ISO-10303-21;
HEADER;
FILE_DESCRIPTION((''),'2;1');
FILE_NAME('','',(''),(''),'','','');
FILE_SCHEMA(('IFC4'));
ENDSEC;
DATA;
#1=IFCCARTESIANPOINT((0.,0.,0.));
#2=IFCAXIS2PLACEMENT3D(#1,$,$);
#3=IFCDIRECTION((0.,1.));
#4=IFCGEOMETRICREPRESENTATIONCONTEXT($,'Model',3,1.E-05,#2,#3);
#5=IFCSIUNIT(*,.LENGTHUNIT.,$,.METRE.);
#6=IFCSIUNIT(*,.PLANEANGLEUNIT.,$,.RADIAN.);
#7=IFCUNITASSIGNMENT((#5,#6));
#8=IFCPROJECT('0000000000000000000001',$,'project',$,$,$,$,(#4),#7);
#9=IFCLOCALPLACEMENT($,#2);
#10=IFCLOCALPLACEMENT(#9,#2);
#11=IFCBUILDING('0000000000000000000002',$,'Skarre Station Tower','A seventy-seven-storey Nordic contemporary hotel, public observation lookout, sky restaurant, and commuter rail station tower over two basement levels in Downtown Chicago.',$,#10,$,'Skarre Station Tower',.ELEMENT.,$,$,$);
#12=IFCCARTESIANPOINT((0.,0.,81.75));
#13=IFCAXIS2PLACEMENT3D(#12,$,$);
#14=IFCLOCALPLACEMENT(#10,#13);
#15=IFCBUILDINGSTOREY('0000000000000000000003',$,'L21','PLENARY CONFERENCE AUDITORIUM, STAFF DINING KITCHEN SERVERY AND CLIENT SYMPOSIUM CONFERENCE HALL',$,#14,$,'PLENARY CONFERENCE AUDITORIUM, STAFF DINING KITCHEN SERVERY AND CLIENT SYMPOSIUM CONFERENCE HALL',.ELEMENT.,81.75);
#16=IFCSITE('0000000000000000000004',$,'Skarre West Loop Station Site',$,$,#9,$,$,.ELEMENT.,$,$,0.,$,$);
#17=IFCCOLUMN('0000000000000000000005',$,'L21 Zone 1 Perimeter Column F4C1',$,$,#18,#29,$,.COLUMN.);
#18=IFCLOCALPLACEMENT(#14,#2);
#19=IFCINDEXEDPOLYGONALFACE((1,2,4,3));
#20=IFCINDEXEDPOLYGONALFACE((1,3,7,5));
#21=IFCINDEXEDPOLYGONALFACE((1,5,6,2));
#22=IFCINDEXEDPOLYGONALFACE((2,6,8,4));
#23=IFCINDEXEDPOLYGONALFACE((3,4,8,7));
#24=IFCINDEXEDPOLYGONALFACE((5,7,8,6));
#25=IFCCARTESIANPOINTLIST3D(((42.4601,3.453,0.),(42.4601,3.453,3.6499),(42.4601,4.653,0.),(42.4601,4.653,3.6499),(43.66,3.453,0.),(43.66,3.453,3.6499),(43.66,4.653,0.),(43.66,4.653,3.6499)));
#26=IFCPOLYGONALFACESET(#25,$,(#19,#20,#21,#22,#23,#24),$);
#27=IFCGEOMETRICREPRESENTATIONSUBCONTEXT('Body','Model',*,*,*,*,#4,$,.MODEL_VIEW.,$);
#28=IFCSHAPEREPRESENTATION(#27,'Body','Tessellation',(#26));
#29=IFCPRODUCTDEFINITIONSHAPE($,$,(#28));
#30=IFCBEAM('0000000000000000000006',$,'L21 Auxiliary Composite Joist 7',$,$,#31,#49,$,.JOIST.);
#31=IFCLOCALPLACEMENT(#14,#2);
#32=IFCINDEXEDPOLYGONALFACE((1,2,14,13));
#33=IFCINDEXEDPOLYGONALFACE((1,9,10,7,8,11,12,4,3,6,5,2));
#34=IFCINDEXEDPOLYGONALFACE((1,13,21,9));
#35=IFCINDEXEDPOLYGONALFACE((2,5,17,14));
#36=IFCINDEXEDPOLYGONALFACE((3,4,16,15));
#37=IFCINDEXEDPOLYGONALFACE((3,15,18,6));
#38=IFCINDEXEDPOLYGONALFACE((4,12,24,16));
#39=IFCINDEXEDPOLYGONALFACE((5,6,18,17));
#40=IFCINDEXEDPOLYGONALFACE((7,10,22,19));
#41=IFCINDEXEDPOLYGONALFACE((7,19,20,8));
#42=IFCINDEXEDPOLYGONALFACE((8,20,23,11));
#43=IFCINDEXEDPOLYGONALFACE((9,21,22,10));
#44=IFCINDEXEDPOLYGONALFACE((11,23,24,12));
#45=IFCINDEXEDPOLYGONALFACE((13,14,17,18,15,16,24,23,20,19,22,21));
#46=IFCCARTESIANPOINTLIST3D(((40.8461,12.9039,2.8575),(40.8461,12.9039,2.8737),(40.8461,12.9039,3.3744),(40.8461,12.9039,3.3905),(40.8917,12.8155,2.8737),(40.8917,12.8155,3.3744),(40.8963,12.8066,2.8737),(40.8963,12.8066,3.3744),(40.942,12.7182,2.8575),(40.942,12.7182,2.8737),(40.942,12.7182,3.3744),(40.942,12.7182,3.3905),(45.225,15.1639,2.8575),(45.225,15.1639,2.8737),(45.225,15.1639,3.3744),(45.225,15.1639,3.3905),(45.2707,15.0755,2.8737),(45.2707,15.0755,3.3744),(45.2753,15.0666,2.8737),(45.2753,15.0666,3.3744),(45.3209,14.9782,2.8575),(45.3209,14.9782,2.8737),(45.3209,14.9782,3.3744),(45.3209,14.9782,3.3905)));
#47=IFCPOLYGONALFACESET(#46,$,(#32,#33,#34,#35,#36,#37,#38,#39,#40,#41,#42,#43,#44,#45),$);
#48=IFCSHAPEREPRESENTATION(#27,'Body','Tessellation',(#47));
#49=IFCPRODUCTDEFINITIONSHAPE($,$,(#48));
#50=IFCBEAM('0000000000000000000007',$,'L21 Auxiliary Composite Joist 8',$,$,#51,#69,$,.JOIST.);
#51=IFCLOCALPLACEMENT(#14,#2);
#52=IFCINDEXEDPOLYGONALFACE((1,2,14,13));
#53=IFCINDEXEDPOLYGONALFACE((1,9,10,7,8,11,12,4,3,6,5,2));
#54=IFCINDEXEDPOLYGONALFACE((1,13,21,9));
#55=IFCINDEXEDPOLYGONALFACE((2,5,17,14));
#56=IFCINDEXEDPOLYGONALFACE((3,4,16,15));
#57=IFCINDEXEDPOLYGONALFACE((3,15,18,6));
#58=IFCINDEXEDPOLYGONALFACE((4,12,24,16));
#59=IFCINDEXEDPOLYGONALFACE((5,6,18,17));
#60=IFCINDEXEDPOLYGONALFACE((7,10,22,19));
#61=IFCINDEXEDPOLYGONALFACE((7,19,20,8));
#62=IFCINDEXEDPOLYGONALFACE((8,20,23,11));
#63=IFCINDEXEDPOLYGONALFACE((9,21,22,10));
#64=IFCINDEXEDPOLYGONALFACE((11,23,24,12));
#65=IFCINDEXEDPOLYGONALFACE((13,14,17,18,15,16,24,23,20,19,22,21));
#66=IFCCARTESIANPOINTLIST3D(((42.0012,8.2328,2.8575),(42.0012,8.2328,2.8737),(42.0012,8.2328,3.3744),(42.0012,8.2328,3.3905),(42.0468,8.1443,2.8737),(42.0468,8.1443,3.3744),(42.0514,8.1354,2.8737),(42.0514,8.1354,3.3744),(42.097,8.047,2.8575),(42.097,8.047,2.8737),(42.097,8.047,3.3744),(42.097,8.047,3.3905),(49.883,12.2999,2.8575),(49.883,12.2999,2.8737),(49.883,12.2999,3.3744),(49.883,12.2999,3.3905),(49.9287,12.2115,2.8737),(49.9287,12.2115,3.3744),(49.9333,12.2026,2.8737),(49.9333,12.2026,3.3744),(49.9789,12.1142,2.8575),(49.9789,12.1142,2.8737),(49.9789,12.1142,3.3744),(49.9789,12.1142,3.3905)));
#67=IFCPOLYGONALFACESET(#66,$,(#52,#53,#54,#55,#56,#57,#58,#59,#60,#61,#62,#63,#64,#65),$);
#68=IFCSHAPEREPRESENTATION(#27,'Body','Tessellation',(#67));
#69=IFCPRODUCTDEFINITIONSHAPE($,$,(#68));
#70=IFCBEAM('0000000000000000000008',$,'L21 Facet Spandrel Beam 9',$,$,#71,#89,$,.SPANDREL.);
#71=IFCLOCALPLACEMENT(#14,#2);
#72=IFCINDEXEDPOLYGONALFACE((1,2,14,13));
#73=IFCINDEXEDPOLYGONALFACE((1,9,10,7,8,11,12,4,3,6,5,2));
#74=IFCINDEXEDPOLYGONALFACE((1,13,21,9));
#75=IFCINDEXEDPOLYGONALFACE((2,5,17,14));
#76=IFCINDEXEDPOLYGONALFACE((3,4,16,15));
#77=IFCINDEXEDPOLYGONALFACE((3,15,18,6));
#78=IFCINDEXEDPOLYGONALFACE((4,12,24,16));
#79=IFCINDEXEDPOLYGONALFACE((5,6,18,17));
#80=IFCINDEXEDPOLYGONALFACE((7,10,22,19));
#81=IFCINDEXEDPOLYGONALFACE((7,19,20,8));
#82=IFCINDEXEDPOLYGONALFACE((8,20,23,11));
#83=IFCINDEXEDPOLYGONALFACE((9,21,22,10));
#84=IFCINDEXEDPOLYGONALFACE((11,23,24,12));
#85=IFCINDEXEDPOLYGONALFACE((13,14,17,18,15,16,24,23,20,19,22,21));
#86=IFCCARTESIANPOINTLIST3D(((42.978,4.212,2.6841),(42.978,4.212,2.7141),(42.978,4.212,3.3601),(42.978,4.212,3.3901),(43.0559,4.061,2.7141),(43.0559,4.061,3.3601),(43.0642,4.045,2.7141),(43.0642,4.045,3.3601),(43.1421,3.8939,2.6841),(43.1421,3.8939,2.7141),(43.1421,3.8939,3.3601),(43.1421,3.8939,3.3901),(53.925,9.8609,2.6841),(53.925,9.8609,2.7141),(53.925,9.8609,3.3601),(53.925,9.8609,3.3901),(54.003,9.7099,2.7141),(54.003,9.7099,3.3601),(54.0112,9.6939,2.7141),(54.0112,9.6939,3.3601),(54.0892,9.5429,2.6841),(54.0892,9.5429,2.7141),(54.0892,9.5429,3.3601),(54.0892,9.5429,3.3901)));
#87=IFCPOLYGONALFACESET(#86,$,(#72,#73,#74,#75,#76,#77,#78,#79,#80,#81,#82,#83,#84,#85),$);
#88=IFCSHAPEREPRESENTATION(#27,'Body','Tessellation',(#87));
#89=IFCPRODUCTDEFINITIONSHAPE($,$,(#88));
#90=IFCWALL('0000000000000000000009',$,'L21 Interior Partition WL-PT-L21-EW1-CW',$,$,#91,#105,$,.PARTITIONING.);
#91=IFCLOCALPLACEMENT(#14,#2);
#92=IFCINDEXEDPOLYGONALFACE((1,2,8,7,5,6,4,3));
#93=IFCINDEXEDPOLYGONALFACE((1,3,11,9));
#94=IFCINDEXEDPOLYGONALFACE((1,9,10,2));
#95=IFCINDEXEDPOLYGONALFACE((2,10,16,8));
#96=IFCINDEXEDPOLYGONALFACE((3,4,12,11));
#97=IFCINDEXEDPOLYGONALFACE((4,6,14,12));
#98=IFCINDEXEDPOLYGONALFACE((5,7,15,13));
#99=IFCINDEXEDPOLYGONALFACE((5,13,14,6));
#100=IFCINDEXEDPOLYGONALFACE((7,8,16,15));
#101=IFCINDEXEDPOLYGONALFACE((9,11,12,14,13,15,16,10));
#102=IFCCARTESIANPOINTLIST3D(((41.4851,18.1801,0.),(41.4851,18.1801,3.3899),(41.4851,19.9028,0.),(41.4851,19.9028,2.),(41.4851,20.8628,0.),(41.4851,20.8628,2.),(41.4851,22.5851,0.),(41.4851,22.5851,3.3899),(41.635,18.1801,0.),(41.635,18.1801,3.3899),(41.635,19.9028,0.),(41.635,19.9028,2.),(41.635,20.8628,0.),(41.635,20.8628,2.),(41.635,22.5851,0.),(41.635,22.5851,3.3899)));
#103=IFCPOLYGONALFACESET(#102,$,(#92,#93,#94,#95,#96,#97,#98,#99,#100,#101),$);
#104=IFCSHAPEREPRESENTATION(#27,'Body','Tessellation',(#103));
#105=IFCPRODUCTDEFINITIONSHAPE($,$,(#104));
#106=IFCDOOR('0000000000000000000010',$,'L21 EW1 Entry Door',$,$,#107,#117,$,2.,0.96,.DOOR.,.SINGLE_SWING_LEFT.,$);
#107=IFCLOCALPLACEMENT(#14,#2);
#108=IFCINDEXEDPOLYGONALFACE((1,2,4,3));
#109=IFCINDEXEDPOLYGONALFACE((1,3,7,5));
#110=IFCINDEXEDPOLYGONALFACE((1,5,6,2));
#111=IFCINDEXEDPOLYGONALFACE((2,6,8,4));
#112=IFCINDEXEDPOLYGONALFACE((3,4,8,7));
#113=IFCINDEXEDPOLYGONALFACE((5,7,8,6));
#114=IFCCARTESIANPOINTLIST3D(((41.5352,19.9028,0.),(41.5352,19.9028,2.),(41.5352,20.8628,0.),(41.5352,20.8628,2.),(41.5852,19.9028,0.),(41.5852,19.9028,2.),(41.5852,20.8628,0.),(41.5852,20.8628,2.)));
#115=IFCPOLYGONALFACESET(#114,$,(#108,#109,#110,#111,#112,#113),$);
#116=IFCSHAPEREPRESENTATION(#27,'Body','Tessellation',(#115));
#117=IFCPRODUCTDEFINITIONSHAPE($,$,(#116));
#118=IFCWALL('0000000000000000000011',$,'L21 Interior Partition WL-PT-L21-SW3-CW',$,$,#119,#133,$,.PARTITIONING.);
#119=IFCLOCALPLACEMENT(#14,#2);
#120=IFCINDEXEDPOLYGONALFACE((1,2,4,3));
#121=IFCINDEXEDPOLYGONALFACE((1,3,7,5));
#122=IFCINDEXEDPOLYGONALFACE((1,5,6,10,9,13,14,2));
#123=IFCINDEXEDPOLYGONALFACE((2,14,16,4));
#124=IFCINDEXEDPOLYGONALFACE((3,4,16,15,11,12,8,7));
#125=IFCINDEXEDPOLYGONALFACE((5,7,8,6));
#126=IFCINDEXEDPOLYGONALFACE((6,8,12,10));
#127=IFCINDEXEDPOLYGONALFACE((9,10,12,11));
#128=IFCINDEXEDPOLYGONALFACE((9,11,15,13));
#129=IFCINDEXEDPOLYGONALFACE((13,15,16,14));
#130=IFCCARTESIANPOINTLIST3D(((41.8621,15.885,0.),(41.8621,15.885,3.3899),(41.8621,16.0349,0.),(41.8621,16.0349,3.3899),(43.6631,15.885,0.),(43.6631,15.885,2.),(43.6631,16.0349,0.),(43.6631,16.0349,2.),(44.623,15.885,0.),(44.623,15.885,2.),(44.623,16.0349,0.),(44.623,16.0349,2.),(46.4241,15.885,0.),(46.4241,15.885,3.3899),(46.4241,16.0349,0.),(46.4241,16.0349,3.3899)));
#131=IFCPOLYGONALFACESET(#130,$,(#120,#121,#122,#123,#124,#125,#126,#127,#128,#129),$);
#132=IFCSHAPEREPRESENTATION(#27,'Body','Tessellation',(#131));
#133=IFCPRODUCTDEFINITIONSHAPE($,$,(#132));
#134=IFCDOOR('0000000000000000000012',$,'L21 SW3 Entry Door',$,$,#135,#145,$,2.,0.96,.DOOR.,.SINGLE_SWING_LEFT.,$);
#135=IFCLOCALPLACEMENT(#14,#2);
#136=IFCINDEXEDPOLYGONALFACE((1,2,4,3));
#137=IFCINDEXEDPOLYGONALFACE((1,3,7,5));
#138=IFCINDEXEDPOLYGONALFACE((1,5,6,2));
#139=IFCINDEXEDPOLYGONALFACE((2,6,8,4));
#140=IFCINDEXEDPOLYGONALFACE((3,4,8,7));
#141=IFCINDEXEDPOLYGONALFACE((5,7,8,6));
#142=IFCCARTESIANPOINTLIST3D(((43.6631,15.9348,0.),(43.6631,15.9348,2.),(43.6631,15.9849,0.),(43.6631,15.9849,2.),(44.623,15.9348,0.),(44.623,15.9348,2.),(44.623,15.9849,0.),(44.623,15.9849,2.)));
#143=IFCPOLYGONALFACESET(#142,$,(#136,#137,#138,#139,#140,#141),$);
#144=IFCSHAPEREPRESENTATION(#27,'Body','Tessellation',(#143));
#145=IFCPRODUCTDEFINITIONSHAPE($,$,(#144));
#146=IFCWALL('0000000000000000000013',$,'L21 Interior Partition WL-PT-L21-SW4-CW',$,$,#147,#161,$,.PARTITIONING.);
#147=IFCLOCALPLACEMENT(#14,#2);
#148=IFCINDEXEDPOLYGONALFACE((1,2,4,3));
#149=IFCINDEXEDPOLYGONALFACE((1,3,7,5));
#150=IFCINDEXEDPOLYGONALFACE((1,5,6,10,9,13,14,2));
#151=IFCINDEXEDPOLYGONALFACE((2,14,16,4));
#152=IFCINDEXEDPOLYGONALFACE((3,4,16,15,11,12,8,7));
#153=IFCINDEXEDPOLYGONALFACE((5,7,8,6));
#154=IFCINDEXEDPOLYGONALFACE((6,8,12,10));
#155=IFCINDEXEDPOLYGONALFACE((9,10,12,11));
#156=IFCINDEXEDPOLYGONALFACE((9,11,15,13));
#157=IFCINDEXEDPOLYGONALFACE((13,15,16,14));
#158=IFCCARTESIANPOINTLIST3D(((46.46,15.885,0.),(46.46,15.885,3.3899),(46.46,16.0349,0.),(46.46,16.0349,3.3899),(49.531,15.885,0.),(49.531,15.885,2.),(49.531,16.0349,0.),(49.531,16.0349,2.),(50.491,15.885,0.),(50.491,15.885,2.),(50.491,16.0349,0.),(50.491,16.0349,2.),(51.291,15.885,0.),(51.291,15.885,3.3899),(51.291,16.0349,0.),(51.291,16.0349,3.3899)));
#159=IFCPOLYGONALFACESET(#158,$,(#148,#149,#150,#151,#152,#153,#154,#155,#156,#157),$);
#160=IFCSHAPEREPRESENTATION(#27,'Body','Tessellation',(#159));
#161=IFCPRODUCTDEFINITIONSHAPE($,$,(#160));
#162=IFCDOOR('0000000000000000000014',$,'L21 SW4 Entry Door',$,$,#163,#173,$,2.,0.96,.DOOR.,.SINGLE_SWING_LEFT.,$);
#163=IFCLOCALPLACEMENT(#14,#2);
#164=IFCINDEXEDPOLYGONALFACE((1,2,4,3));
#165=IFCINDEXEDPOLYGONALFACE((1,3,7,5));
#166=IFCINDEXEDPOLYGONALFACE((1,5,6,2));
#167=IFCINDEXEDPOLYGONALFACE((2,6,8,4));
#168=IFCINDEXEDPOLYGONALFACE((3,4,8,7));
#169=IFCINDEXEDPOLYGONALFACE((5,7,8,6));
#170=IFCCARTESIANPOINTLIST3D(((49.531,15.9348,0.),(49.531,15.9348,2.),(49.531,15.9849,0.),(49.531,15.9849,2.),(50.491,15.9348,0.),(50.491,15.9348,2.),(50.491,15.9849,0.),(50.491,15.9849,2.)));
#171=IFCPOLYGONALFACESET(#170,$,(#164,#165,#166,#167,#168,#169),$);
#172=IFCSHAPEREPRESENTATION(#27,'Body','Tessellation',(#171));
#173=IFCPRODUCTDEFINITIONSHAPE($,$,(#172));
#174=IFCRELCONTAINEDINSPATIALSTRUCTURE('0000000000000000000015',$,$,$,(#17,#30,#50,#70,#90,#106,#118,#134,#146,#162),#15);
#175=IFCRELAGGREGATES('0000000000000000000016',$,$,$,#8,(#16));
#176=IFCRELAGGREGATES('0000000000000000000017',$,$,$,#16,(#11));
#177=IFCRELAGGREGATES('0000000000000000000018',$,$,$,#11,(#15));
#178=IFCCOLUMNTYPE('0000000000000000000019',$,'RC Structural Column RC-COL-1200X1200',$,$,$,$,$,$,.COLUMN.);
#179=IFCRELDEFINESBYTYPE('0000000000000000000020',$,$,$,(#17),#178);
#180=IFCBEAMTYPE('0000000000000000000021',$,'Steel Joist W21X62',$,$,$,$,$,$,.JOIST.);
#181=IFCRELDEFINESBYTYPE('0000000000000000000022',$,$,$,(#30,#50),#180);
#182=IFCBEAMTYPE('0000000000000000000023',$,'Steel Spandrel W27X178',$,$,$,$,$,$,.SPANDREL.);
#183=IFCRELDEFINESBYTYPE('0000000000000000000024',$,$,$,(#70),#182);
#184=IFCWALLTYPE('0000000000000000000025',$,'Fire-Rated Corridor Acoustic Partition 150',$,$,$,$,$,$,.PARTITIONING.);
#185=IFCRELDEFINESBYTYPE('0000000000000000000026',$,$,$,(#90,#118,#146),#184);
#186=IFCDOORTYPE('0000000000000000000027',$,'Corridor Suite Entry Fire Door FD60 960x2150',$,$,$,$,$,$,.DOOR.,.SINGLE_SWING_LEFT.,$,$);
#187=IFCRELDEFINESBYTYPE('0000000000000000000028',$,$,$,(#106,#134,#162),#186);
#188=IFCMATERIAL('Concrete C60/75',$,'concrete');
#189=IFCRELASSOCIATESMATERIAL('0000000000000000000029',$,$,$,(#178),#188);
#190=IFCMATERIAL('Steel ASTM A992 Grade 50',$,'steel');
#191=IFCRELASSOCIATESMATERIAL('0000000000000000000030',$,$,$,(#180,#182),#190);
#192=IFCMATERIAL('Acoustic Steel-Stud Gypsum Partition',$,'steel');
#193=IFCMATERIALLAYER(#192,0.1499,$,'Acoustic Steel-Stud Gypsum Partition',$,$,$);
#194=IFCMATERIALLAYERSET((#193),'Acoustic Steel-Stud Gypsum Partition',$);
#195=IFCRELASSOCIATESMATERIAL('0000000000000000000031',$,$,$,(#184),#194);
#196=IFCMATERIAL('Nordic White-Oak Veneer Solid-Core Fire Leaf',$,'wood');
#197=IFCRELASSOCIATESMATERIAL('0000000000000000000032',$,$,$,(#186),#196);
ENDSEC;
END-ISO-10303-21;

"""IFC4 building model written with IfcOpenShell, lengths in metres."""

from ifc_helpers import new_model, si_unit, direction, frame, frame_2d, origin, origin_2d, place, context, subcontext, project, spatial, rectangle, i_section, extrude, material, layer, layer_set, material_profile, profile_set, type_object, element, fill, save


model = new_model("IFC4")

# Units and contexts
model_context = context("Model", 3, precision=1e-05, world=origin(), true_north=direction((0.0, 1.0)))
body_context = subcontext(model_context, "Body", "Model", "MODEL_VIEW")
ifc_project = project(units=[si_unit("LENGTHUNIT", "METRE"), si_unit("PLANEANGLEUNIT", "RADIAN")], contexts=[model_context])

# Site, building, storey
site_placement = place(None, origin())
site = spatial("IfcSite", under=ifc_project, at=site_placement, Name="Skarre West Loop Station Site", CompositionType="ELEMENT", RefElevation=0.0)
building_placement = place(site_placement, origin())
building = spatial("IfcBuilding", under=site, at=building_placement, Name="Skarre Station Tower", Description="A seventy-seven-storey Nordic contemporary hotel, public observation lookout, sky restaurant, and commuter rail station tower over two basement levels in Downtown Chicago.", LongName="Skarre Station Tower", CompositionType="ELEMENT")
storey_placement = place(building_placement, frame((0.0, 0.0, 81.75)))
storey = spatial("IfcBuildingStorey", under=building, at=storey_placement, Name="L21", Description="PLENARY CONFERENCE AUDITORIUM, STAFF DINING KITCHEN SERVERY AND CLIENT SYMPOSIUM CONFERENCE HALL", LongName="PLENARY CONFERENCE AUDITORIUM, STAFF DINING KITCHEN SERVERY AND CLIENT SYMPOSIUM CONFERENCE HALL", CompositionType="ELEMENT", Elevation=81.75)

# Column
ifc_material_1 = material(Name="Concrete C60/75", Category="concrete")
ifc_material_profile_1 = material_profile(ifc_material_1, rectangle(XDim=1.2, YDim=1.2, at=origin_2d()), Name="Concrete C60/75")
ifc_profile_set_1 = profile_set([ifc_material_profile_1], Name="Concrete C60/75")
column_type = type_object("IfcColumnType", Name="RC Structural Column RC-COL-1200X1200", PredefinedType="COLUMN", material=ifc_profile_set_1)
column_placement = place(storey_placement, frame((43.0601, 4.053, 0.0), z_axis=(0.0, 0.0, 1.0), x_axis=(1.0, 0.0, 0.0)))
element("IfcColumn", 1, at=column_placement, inside=storey, type_object=column_type, Name="L21 Zone 1 Perimeter Column F4C1", PredefinedType="COLUMN", context=body_context, shape_type="SweptSolid", body=[
    extrude(rectangle(XDim=1.2, YDim=1.2, at=origin_2d()), origin(), (0.0, 0.0, 1.0), 3.6499),
])

# Beams
ifc_material_2 = material(Name="Steel ASTM A992 Grade 50", Category="steel")
ifc_material_profile_2 = material_profile(ifc_material_2, i_section(OverallWidth=0.209, OverallDepth=0.533, WebThickness=0.01, FlangeThickness=0.0161, at=origin_2d()), Name="Steel ASTM A992 Grade 50")
ifc_profile_set_2 = profile_set([ifc_material_profile_2], Name="Steel ASTM A992 Grade 50")
beam_type_1 = type_object("IfcBeamType", Name="Steel Joist W21X62", PredefinedType="JOIST", material=ifc_profile_set_2)
beam_1_placement = place(storey_placement, frame((40.894, 12.811, 3.124), z_axis=(0.888627, 0.458632, 0.0), x_axis=(-0.458632, 0.888627, 0.0)))
element("IfcBeam", 2, at=beam_1_placement, inside=storey, type_object=beam_type_1, Name="L21 Auxiliary Composite Joist 7", PredefinedType="JOIST", context=body_context, shape_type="SweptSolid", body=[
    extrude(i_section(OverallWidth=0.209, OverallDepth=0.533, WebThickness=0.01, FlangeThickness=0.0161, at=origin_2d()), origin(), (0.0, 0.0, 1.0), 4.9277),
])
beam_2_placement = place(storey_placement, frame((42.0491, 8.1399, 3.124), z_axis=(0.888662, 0.458562, 0.0), x_axis=(-0.458562, 0.888662, 0.0)))
element("IfcBeam", 3, at=beam_2_placement, inside=storey, type_object=beam_type_1, Name="L21 Auxiliary Composite Joist 8", PredefinedType="JOIST", context=body_context, shape_type="SweptSolid", body=[
    extrude(i_section(OverallWidth=0.209, OverallDepth=0.533, WebThickness=0.01, FlangeThickness=0.0161, at=origin_2d()), origin(), (0.0, 0.0, 1.0), 8.8694),
])
ifc_material_profile_3 = material_profile(ifc_material_2, i_section(OverallWidth=0.3579, OverallDepth=0.7061, WebThickness=0.0181, FlangeThickness=0.03, at=origin_2d()), Name="Steel ASTM A992 Grade 50")
ifc_profile_set_3 = profile_set([ifc_material_profile_3], Name="Steel ASTM A992 Grade 50")
beam_type_2 = type_object("IfcBeamType", Name="Steel Spandrel W27X178", PredefinedType="SPANDREL", material=ifc_profile_set_3)
beam_3_placement = place(storey_placement, frame((43.0601, 4.053, 3.0371), z_axis=(0.888659, 0.458569, 0.0), x_axis=(-0.458569, 0.888659, 0.0)))
element("IfcBeam", 4, at=beam_3_placement, inside=storey, type_object=beam_type_2, Name="L21 Facet Spandrel Beam 9", PredefinedType="SPANDREL", context=body_context, shape_type="SweptSolid", body=[
    extrude(i_section(OverallWidth=0.3579, OverallDepth=0.7061, WebThickness=0.0181, FlangeThickness=0.03, at=origin_2d()), origin(), (0.0, 0.0, 1.0), 12.3186),
])

# Walls, openings, doors
ifc_material_3 = material(Name="Acoustic Steel-Stud Gypsum Partition", Category="steel")
ifc_layer_1 = layer(ifc_material_3, 0.1499, Name="Acoustic Steel-Stud Gypsum Partition")
ifc_layer_set_1 = layer_set([ifc_layer_1], Name="Acoustic Steel-Stud Gypsum Partition")
wall_type_1 = type_object("IfcWallType", Name="Fire-Rated Corridor Acoustic Partition 150", PredefinedType="PARTITIONING", material=ifc_layer_set_1)
wall_1_placement = place(storey_placement, frame((41.5601, 18.1799, 0.0), z_axis=(0.0, 0.0, 1.0), x_axis=(0.0, 1.0, 0.0)))
wall_1 = element("IfcWall", 5, at=wall_1_placement, inside=storey, type_object=wall_type_1, Name="L21 Interior Partition WL-PT-L21-EW1-CW", PredefinedType="PARTITIONING", context=body_context, shape_type="SweptSolid", body=[
    extrude(rectangle(XDim=4.405, YDim=0.1499, at=frame_2d((2.2026, 0.0))), origin(), (0.0, 0.0, 1.0), 3.3899),
])
opening_1_placement = place(wall_1_placement, frame((1.7229, 0.0, 0.0)))
opening_1 = element("IfcOpeningElement", 6, at=opening_1_placement, cuts=wall_1, PredefinedType="OPENING", context=body_context, shape_type="SweptSolid", body=[
    extrude(rectangle(XDim=0.96, YDim=2.0, at=frame_2d((0.48, 1.0))), frame((0.0, 0.085, 0.0), z_axis=(0.0, -1.0, 0.0), x_axis=(1.0, 0.0, 0.0)), (0.0, 0.0, 1.0), 0.1699),
])
ifc_material_4 = material(Name="Nordic White-Oak Veneer Solid-Core Fire Leaf", Category="wood")
door_type_1 = type_object("IfcDoorType", Name="Corridor Suite Entry Fire Door FD60 960x2150", OperationType="SINGLE_SWING_LEFT", PredefinedType="DOOR", material=ifc_material_4)
door_1_placement = place(opening_1_placement, origin())
door_1 = element("IfcDoor", 7, at=door_1_placement, inside=storey, type_object=door_type_1, Name="L21 EW1 Entry Door", OperationType="SINGLE_SWING_LEFT", OverallHeight=2.0, OverallWidth=0.96, PredefinedType="DOOR", context=body_context, shape_type="SweptSolid", body=[
    extrude(rectangle(XDim=0.96, YDim=2.0, at=frame_2d((0.48, 1.0))), frame((0.0, 0.0249, 0.0), z_axis=(0.0, -1.0, 0.0), x_axis=(1.0, 0.0, 0.0)), (0.0, 0.0, 1.0), 0.05),
])
fill(opening_1, door_1)
wall_2_placement = place(storey_placement, frame((41.8621, 15.96, 0.0), z_axis=(0.0, 0.0, 1.0), x_axis=(1.0, 0.0, 0.0)))
wall_2 = element("IfcWall", 8, at=wall_2_placement, inside=storey, type_object=wall_type_1, Name="L21 Interior Partition WL-PT-L21-SW3-CW", PredefinedType="PARTITIONING", context=body_context, shape_type="SweptSolid", body=[
    extrude(rectangle(XDim=4.562, YDim=0.1499, at=frame_2d((2.281, 0.0))), origin(), (0.0, 0.0, 1.0), 3.3899),
])
opening_2_placement = place(wall_2_placement, frame((1.801, 0.0, 0.0)))
opening_2 = element("IfcOpeningElement", 9, at=opening_2_placement, cuts=wall_2, PredefinedType="OPENING", context=body_context, shape_type="SweptSolid", body=[
    extrude(rectangle(XDim=0.96, YDim=2.0, at=frame_2d((0.48, 1.0))), frame((0.0, 0.085, 0.0), z_axis=(0.0, -1.0, 0.0), x_axis=(1.0, 0.0, 0.0)), (0.0, 0.0, 1.0), 0.1699),
])
door_2_placement = place(opening_2_placement, origin())
door_2 = element("IfcDoor", 10, at=door_2_placement, inside=storey, type_object=door_type_1, Name="L21 SW3 Entry Door", OperationType="SINGLE_SWING_LEFT", OverallHeight=2.0, OverallWidth=0.96, PredefinedType="DOOR", context=body_context, shape_type="SweptSolid", body=[
    extrude(rectangle(XDim=0.96, YDim=2.0, at=frame_2d((0.48, 1.0))), frame((0.0, 0.0249, 0.0), z_axis=(0.0, -1.0, 0.0), x_axis=(1.0, 0.0, 0.0)), (0.0, 0.0, 1.0), 0.05),
])
fill(opening_2, door_2)
wall_3_placement = place(storey_placement, frame((46.46, 15.96, 0.0), z_axis=(0.0, 0.0, 1.0), x_axis=(1.0, 0.0, 0.0)))
wall_3 = element("IfcWall", 11, at=wall_3_placement, inside=storey, type_object=wall_type_1, Name="L21 Interior Partition WL-PT-L21-SW4-CW", PredefinedType="PARTITIONING", context=body_context, shape_type="SweptSolid", body=[
    extrude(rectangle(XDim=4.8311, YDim=0.1499, at=frame_2d((2.4155, 0.0))), origin(), (0.0, 0.0, 1.0), 3.3899),
])
opening_3_placement = place(wall_3_placement, frame((3.071, 0.0, 0.0)))
opening_3 = element("IfcOpeningElement", 12, at=opening_3_placement, cuts=wall_3, PredefinedType="OPENING", context=body_context, shape_type="SweptSolid", body=[
    extrude(rectangle(XDim=0.96, YDim=2.0, at=frame_2d((0.48, 1.0))), frame((0.0, 0.085, 0.0), z_axis=(0.0, -1.0, 0.0), x_axis=(1.0, 0.0, 0.0)), (0.0, 0.0, 1.0), 0.1699),
])
door_3_placement = place(opening_3_placement, origin())
door_3 = element("IfcDoor", 13, at=door_3_placement, inside=storey, type_object=door_type_1, Name="L21 SW4 Entry Door", OperationType="SINGLE_SWING_LEFT", OverallHeight=2.0, OverallWidth=0.96, PredefinedType="DOOR", context=body_context, shape_type="SweptSolid", body=[
    extrude(rectangle(XDim=0.96, YDim=2.0, at=frame_2d((0.48, 1.0))), frame((0.0, 0.0249, 0.0), z_axis=(0.0, -1.0, 0.0), x_axis=(1.0, 0.0, 0.0)), (0.0, 0.0, 1.0), 0.05),
])
fill(opening_3, door_3)

save(model, "model.ifc")
